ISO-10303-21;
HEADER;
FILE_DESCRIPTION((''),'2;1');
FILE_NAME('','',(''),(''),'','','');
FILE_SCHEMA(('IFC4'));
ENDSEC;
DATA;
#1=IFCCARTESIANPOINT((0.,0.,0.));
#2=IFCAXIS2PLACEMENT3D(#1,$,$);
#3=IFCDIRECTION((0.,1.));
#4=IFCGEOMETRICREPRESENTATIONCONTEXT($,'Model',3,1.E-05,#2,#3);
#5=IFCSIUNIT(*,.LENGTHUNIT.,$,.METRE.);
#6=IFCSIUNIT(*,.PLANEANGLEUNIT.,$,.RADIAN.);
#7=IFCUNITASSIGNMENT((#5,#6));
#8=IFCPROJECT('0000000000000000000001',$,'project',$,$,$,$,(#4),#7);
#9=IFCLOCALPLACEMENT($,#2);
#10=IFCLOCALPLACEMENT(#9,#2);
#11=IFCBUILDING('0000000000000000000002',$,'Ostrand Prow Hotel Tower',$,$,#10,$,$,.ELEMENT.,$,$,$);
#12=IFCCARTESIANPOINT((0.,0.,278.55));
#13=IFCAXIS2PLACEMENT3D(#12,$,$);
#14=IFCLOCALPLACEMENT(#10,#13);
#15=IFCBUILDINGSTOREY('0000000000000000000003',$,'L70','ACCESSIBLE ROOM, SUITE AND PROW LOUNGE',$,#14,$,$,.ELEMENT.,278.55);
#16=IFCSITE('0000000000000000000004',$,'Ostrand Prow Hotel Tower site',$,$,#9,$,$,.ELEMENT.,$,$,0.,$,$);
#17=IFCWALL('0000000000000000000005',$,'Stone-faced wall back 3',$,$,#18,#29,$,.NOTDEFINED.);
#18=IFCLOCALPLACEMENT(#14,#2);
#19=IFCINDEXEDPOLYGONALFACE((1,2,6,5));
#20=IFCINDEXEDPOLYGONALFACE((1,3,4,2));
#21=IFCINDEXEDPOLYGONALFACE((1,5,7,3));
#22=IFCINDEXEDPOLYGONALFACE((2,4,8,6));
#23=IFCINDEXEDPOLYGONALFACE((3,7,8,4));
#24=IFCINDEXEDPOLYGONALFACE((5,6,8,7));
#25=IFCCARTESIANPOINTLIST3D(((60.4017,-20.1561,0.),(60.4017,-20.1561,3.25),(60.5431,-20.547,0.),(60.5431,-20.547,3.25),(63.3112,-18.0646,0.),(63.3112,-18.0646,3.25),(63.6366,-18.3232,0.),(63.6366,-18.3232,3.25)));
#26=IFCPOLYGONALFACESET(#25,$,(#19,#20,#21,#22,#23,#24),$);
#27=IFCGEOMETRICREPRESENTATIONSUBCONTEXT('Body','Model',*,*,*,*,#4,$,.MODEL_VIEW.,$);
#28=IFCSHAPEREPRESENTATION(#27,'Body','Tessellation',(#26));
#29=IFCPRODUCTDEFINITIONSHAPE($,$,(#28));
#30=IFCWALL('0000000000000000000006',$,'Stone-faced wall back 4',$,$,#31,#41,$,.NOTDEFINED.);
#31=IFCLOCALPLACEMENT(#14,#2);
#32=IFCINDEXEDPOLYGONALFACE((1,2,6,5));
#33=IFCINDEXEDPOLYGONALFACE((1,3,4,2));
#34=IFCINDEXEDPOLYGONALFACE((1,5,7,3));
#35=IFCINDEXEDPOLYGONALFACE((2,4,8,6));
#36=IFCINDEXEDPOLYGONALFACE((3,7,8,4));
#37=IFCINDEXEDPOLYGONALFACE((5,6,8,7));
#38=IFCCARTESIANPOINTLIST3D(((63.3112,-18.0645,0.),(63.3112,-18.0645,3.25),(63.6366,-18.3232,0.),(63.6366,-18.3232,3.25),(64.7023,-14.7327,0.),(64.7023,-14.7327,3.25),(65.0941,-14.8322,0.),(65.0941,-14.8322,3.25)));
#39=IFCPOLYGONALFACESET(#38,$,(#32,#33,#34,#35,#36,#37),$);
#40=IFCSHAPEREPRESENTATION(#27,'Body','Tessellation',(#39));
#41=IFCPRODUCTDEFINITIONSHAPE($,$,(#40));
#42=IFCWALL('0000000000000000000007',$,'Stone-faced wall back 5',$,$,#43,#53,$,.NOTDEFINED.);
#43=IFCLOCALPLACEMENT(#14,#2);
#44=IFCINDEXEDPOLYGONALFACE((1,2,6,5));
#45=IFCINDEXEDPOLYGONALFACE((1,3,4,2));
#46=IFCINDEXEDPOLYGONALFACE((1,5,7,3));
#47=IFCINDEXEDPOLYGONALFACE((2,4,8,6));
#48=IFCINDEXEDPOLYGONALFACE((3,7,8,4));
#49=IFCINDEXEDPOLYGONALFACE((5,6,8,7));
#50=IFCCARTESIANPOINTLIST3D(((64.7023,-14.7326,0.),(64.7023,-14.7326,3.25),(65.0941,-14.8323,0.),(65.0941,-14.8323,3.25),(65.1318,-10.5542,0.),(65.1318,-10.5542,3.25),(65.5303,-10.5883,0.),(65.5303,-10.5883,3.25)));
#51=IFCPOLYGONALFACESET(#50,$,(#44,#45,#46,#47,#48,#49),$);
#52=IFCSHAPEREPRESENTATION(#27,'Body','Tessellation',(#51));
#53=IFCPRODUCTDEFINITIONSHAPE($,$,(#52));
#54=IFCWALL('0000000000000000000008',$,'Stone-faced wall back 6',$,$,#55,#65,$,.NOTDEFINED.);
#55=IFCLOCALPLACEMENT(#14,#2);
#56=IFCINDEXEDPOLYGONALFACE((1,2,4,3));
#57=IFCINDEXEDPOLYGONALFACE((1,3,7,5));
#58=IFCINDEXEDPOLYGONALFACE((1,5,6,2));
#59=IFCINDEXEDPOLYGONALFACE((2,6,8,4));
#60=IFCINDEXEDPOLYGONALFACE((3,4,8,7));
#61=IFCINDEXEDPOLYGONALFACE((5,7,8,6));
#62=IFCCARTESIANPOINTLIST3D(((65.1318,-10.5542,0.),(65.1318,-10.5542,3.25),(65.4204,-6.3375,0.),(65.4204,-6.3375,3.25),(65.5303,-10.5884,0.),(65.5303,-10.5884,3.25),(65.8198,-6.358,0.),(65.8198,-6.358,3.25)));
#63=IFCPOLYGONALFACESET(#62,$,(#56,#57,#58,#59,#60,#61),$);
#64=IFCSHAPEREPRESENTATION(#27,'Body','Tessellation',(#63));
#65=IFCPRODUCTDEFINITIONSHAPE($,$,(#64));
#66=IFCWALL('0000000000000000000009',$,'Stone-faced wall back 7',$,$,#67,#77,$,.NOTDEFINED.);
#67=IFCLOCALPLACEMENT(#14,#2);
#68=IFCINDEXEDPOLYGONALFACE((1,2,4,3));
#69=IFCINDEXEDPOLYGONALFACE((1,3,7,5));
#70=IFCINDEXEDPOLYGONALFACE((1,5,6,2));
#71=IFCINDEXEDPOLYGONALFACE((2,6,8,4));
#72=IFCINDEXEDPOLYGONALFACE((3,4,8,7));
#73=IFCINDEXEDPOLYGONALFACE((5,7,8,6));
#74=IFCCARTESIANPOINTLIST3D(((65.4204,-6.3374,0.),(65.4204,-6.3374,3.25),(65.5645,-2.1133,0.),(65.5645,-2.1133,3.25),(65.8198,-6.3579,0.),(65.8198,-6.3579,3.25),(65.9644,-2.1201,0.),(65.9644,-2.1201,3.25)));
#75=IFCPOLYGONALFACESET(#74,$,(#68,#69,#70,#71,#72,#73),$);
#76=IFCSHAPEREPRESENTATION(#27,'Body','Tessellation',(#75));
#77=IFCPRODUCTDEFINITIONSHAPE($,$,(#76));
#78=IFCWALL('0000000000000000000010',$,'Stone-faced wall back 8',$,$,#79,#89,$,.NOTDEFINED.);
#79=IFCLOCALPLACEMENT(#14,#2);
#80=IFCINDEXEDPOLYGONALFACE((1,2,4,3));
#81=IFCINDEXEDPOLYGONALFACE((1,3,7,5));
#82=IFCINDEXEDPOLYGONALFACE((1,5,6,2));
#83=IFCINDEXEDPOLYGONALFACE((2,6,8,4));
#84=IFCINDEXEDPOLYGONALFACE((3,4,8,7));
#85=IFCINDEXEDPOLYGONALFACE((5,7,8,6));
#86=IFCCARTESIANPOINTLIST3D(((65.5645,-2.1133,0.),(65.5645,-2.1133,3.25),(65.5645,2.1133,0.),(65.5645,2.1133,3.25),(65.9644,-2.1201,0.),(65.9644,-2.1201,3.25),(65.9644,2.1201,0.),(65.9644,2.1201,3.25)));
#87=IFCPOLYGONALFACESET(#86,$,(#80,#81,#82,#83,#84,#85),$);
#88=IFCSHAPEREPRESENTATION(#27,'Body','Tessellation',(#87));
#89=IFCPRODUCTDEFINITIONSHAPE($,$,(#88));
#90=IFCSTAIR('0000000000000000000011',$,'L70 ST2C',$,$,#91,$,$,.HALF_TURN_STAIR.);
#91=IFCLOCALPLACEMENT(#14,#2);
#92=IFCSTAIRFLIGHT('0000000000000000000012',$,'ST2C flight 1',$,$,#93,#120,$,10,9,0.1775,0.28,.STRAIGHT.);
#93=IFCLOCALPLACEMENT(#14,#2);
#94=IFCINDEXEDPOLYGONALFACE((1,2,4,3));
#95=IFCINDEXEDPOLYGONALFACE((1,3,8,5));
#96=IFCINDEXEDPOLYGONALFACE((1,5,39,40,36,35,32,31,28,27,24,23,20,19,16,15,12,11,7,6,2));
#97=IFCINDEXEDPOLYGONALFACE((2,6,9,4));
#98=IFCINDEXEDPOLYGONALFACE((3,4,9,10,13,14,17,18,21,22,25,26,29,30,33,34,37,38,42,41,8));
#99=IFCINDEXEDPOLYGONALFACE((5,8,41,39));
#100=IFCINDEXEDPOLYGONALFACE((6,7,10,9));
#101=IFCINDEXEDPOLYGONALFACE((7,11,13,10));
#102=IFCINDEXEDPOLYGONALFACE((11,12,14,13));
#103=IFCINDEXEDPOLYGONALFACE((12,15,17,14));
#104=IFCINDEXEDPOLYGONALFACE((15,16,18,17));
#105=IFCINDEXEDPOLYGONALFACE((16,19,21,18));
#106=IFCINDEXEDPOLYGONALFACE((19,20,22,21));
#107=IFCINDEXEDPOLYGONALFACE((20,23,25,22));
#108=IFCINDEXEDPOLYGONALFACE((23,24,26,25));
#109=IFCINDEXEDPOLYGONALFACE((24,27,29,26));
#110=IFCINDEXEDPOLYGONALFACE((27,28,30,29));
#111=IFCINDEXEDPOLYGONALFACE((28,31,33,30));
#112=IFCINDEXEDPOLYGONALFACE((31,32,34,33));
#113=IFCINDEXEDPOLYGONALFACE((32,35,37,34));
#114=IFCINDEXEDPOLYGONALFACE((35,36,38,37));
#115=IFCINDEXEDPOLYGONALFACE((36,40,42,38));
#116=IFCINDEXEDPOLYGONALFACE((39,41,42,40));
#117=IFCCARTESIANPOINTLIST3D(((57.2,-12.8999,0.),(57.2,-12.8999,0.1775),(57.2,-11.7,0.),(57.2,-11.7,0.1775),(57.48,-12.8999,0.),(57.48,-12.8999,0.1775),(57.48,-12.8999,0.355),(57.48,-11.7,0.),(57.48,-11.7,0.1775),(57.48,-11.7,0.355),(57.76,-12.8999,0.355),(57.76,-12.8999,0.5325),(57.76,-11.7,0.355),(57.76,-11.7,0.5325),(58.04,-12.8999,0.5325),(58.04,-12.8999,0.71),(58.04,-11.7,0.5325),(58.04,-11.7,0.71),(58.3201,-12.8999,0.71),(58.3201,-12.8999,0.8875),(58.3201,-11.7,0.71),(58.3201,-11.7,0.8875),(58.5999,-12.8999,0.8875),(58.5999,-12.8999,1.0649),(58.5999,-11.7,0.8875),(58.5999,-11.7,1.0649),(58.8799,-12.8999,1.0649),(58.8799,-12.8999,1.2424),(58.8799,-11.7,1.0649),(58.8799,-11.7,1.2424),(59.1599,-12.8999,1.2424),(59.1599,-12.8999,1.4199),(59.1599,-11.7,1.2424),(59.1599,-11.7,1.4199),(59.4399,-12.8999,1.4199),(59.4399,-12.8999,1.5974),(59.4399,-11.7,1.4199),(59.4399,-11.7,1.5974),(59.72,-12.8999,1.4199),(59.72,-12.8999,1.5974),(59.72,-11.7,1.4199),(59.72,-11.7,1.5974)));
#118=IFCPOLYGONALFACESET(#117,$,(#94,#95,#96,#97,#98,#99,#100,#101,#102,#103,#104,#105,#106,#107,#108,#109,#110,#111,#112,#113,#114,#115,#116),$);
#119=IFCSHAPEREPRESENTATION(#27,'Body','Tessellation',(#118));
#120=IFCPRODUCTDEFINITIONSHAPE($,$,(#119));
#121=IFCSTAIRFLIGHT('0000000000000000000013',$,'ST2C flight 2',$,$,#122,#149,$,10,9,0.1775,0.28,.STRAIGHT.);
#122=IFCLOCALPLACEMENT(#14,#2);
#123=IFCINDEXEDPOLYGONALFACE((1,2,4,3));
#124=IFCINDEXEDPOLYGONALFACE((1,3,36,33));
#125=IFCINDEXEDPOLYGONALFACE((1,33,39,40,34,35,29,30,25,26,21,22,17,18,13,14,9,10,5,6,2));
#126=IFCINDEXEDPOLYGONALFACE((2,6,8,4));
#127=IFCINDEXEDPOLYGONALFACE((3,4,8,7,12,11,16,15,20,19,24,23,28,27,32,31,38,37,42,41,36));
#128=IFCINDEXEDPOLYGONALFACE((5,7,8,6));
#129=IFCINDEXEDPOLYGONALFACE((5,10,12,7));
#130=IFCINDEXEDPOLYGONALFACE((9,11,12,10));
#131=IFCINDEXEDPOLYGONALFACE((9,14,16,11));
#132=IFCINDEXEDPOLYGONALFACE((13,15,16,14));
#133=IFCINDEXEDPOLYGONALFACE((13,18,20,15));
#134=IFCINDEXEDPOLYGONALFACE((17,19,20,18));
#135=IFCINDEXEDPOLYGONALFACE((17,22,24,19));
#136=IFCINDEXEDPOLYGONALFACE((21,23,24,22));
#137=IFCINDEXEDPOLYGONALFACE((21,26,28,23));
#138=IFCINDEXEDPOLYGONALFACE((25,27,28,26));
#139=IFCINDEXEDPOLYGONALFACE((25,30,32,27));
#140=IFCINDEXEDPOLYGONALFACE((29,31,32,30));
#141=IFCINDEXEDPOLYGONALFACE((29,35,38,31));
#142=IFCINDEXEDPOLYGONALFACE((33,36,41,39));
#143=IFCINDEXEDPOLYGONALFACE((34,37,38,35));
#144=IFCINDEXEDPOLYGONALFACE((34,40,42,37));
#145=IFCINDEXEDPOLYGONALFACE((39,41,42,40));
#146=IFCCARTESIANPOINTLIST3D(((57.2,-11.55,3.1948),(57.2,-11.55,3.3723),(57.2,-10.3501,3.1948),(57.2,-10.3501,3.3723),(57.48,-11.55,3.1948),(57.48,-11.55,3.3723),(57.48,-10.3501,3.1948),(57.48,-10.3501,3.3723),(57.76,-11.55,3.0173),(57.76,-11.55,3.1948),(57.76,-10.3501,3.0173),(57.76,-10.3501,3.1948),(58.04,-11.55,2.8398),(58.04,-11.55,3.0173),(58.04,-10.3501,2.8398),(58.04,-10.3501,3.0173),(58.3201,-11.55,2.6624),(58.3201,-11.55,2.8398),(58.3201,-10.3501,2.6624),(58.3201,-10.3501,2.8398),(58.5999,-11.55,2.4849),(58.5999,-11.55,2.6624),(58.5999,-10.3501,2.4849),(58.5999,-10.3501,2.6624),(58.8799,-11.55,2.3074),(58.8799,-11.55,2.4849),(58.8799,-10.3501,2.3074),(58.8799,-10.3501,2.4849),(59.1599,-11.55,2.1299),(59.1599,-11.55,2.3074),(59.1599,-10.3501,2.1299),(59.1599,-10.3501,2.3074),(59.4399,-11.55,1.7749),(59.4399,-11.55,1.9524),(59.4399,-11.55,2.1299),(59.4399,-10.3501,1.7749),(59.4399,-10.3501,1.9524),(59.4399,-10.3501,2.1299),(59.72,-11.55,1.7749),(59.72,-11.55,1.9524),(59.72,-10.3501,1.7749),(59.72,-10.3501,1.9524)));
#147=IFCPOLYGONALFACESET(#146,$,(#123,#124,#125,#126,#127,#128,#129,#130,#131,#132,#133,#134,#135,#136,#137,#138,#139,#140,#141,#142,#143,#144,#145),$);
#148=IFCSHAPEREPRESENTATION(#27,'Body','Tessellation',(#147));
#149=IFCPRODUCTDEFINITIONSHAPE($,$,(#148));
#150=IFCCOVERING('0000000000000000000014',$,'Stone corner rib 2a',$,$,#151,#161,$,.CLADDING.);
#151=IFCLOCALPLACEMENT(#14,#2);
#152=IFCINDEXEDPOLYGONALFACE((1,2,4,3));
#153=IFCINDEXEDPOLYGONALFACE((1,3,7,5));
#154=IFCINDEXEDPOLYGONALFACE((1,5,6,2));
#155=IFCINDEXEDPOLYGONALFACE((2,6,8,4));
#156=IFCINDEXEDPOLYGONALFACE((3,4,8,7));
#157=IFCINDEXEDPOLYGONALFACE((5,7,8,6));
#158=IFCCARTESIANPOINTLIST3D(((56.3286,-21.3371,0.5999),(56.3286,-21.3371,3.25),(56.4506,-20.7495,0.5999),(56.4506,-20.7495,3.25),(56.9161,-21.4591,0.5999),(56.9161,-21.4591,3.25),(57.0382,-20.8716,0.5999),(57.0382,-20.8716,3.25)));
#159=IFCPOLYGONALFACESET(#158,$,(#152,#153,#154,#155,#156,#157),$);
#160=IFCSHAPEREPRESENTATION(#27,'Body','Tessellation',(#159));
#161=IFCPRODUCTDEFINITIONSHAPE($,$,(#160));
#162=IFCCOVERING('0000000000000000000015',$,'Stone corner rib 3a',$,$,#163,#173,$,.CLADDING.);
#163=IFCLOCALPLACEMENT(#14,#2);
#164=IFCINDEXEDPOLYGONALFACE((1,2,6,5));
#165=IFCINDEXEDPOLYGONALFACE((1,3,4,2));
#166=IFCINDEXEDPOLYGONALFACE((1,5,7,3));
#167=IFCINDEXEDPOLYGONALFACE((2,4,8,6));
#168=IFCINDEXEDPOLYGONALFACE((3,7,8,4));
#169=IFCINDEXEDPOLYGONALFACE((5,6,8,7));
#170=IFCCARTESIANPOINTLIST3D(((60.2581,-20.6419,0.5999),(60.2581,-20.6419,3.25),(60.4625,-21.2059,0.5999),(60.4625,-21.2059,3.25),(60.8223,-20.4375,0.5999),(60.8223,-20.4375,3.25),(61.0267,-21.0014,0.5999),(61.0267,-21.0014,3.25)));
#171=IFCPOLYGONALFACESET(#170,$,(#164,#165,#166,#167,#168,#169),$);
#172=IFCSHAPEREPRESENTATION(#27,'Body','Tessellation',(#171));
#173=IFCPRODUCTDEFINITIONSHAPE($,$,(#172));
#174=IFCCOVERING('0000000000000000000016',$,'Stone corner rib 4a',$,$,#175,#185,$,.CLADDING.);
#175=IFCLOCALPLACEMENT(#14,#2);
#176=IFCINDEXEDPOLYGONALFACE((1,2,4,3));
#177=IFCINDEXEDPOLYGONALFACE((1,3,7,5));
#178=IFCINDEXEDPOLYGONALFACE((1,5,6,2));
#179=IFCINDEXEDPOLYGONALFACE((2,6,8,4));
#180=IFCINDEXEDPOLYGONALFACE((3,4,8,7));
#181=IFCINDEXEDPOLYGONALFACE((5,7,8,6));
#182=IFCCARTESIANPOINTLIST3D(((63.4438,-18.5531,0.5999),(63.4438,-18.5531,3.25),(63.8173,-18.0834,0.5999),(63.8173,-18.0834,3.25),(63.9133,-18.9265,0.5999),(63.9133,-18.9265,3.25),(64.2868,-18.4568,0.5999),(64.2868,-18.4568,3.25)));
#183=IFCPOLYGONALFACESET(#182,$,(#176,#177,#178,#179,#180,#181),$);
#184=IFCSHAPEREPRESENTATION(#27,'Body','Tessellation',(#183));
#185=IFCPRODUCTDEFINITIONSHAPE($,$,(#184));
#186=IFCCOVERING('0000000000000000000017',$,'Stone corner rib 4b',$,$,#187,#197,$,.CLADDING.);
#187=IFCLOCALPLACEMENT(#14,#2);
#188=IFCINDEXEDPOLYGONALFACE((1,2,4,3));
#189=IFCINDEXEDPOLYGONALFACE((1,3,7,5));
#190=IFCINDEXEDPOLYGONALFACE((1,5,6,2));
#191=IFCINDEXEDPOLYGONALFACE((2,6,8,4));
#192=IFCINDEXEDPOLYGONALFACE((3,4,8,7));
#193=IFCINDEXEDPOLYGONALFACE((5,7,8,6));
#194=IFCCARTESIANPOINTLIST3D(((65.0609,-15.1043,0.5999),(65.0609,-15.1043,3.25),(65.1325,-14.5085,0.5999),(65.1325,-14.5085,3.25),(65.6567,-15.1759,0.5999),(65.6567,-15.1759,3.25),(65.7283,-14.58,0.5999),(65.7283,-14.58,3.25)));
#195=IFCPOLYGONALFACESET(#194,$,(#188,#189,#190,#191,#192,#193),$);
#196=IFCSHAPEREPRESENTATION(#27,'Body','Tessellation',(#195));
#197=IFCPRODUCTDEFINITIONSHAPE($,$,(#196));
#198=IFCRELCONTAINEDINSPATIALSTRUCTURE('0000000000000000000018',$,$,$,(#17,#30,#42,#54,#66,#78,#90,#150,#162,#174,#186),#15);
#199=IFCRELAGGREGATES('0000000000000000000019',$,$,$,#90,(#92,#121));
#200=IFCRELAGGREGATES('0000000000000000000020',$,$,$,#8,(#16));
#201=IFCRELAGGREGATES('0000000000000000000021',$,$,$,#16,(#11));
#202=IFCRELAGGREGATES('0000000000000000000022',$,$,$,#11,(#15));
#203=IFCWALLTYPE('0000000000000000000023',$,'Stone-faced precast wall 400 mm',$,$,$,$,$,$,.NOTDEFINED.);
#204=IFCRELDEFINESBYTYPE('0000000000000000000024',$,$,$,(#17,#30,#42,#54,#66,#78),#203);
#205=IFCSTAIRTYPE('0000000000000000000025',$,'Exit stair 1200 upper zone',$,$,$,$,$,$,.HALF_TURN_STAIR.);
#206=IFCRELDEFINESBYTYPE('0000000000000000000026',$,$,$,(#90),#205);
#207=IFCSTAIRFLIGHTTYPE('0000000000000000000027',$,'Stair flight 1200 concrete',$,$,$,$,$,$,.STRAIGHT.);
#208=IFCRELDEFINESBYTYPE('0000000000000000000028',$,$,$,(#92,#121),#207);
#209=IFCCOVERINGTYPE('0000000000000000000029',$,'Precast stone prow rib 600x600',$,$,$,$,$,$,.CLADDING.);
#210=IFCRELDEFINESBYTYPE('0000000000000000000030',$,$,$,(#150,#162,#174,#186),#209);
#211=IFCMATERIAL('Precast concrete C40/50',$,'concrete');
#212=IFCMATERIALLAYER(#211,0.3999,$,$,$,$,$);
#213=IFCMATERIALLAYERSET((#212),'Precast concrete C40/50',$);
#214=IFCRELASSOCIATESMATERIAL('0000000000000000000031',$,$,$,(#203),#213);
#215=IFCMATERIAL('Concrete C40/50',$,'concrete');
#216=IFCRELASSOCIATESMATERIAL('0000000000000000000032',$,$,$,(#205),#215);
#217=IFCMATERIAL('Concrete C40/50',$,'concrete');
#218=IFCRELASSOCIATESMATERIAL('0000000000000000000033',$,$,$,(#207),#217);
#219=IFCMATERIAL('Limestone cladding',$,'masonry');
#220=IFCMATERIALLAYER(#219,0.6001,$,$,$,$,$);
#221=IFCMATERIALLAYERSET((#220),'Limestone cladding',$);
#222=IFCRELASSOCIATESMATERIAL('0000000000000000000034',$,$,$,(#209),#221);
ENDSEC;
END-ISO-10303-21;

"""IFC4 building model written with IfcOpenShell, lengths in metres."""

from ifc_helpers import new_model, si_unit, direction, frame, frame_2d, origin, place, context, subcontext, project, spatial, polyline, rectangle, outline, extrude, material, layer, layer_set, type_object, element, aggregate, save


model = new_model("IFC4")

# Units and contexts
model_context = context("Model", 3, precision=1e-05, world=origin(), true_north=direction((0.0, 1.0)))
body_context = subcontext(model_context, "Body", "Model", "MODEL_VIEW")
ifc_project = project(units=[si_unit("LENGTHUNIT", "METRE"), si_unit("PLANEANGLEUNIT", "RADIAN")], contexts=[model_context])

# Site, building, storey
site_placement = place(None, origin())
site = spatial("IfcSite", under=ifc_project, at=site_placement, Name="Ostrand Prow Hotel Tower site", CompositionType="ELEMENT", RefElevation=0.0)
building_placement = place(site_placement, origin())
building = spatial("IfcBuilding", under=site, at=building_placement, Name="Ostrand Prow Hotel Tower", CompositionType="ELEMENT")
storey_placement = place(building_placement, frame((0.0, 0.0, 278.55)))
storey = spatial("IfcBuildingStorey", under=building, at=storey_placement, Name="L70", Description="ACCESSIBLE ROOM, SUITE AND PROW LOUNGE", CompositionType="ELEMENT", Elevation=278.55)

# Walls
ifc_material_1 = material(Name="Precast concrete C40/50", Category="concrete")
ifc_layer_1 = layer(ifc_material_1, 0.3999)
ifc_layer_set_1 = layer_set([ifc_layer_1], Name="Precast concrete C40/50")
wall_type_1 = type_object("IfcWallType", Name="Stone-faced precast wall 400 mm", PredefinedType="NOTDEFINED", material=ifc_layer_set_1)
wall_1_placement = place(storey_placement, frame((60.4724, -20.3516, 0.0), z_axis=(0.0, 0.0, 1.0), x_axis=(0.811963, 0.58371, 0.0)))
element("IfcWall", 1, at=wall_1_placement, inside=storey, type_object=wall_type_1, Name="Stone-faced wall back 3", PredefinedType="NOTDEFINED", context=body_context, shape_type="SweptSolid", body=[
    extrude(outline(polyline([(-0.0566, -0.2), (3.7532, -0.2), (3.6399, 0.2), (0.0566, 0.2), (-0.0566, -0.2)])), origin(), (0.0, 0.0, 1.0), 3.25),
])
wall_2_placement = place(storey_placement, frame((63.4739, -18.1938, 0.0), z_axis=(0.0, 0.0, 1.0), x_axis=(0.385286, 0.922797, 0.0)))
element("IfcWall", 2, at=wall_2_placement, inside=storey, type_object=wall_type_1, Name="Stone-faced wall back 4", PredefinedType="NOTDEFINED", context=body_context, shape_type="SweptSolid", body=[
    extrude(outline(polyline([(-0.0566, -0.2), (3.7263, -0.2), (3.6672, 0.2), (0.0566, 0.2), (-0.0566, -0.2)])), origin(), (0.0, 0.0, 1.0), 3.25),
])
wall_3_placement = place(storey_placement, frame((64.8982, -14.7825, 0.0), z_axis=(0.0, 0.0, 1.0), x_axis=(0.10225, 0.994759, 0.0)))
element("IfcWall", 3, at=wall_3_placement, inside=storey, type_object=wall_type_1, Name="Stone-faced wall back 5", PredefinedType="NOTDEFINED", context=body_context, shape_type="SweptSolid", body=[
    extrude(outline(polyline([(-0.0295, -0.2), (4.2368, -0.2), (4.23, 0.2), (0.0295, 0.2), (-0.0295, -0.2)])), origin(), (0.0, 0.0, 1.0), 3.25),
])
for number, where, z_axis, x_axis, name in (
    (4, (65.3311, -10.5713, 0.0), (0.0, 0.0, 1.0), (0.06828, 0.997666, 0.0), "Stone-faced wall back 6"),
    (5, (65.6201, -6.3477, 0.0), (0.0, 0.0, 1.0), (0.034083, 0.999419, 0.0), "Stone-faced wall back 7"),
    (6, (65.7644, -2.1167, 0.0), (0.0, 0.0, 1.0), (0.0, 1.0, 0.0), "Stone-faced wall back 8"),
):
    element("IfcWall", number, at=place(storey_placement, frame(where, z_axis=z_axis, x_axis=x_axis)), inside=storey, type_object=wall_type_1, Name=name, PredefinedType="NOTDEFINED", context=body_context, shape_type="SweptSolid", body=[
        extrude(outline(polyline([(-0.0034, -0.2), (4.2368, -0.2), (4.23, 0.2), (0.0034, 0.2), (-0.0034, -0.2)])), origin(), (0.0, 0.0, 1.0), 3.25),
    ])

# Stair, stair flights
ifc_material_2 = material(Name="Concrete C40/50", Category="concrete")
stair_type = type_object("IfcStairType", Name="Exit stair 1200 upper zone", PredefinedType="HALF_TURN_STAIR", material=ifc_material_2)
stair_placement = place(storey_placement, origin())
stair = element("IfcStair", 7, at=stair_placement, inside=storey, type_object=stair_type, Name="L70 ST2C", PredefinedType="HALF_TURN_STAIR")
ifc_material_3 = material(Name="Concrete C40/50", Category="concrete")
stair_flight_type = type_object("IfcStairFlightType", Name="Stair flight 1200 concrete", PredefinedType="STRAIGHT", material=ifc_material_3)
stair_flight_1_placement = place(storey_placement, frame((57.2, -12.3, 0.0), z_axis=(0.0, 0.0, 1.0), x_axis=(1.0, 0.0, 0.0)))
stair_flight_1 = element("IfcStairFlight", 8, at=stair_flight_1_placement, type_object=stair_flight_type, Name="ST2C flight 1", NumberOfRisers=10, NumberOfTreads=9, PredefinedType="STRAIGHT", RiserHeight=0.1775, TreadLength=0.28, context=body_context, shape_type="SweptSolid", body=[
    extrude(outline(polyline([(0.0, 0.0), (0.0, 0.1775), (0.28, 0.1775), (0.28, 0.355), (0.5601, 0.355), (0.5601, 0.5325), (0.8401, 0.5325), (0.8401, 0.71), (1.1201, 0.71), (1.1201, 0.8875), (1.3999, 0.8875), (1.3999, 1.0649), (1.6799, 1.0649), (1.6799, 1.2424), (1.96, 1.2424), (1.96, 1.4199), (2.24, 1.4199), (2.24, 1.5974), (2.52, 1.5974), (2.52, 1.7749), (2.52, 1.4199), (0.28, 0.0), (0.0, 0.0)])), frame((0.0, 0.6001, 0.0), z_axis=(0.0, -1.0, 0.0), x_axis=(1.0, 0.0, 0.0)), (0.0, 0.0, 1.0), 1.2),
])
stair_flight_2_placement = place(storey_placement, frame((59.72, -10.95, 1.7749), z_axis=(0.0, 0.0, 1.0), x_axis=(-1.0, 0.0, 0.0)))
stair_flight_2 = element("IfcStairFlight", 9, at=stair_flight_2_placement, type_object=stair_flight_type, Name="ST2C flight 2", NumberOfRisers=10, NumberOfTreads=9, PredefinedType="STRAIGHT", RiserHeight=0.1775, TreadLength=0.28, context=body_context, shape_type="SweptSolid", body=[
    extrude(outline(polyline([(0.0, 0.0), (0.0, 0.1775), (0.28, 0.1775), (0.28, 0.355), (0.5601, 0.355), (0.5601, 0.5325), (0.8401, 0.5325), (0.8401, 0.71), (1.1201, 0.71), (1.1201, 0.8875), (1.3999, 0.8875), (1.3999, 1.0649), (1.6799, 1.0649), (1.6799, 1.2424), (1.96, 1.2424), (1.96, 1.4199), (2.24, 1.4199), (2.24, 1.5974), (2.52, 1.5974), (2.52, 1.7749), (2.52, 1.4199), (0.28, 0.0), (0.0, 0.0)])), frame((0.0, 0.6001, 0.0), z_axis=(0.0, -1.0, 0.0), x_axis=(1.0, 0.0, 0.0)), (0.0, 0.0, 1.0), 1.2),
])
aggregate(stair, [stair_flight_1, stair_flight_2])

# Coverings
ifc_material_4 = material(Name="Limestone cladding", Category="masonry")
ifc_layer_2 = layer(ifc_material_4, 0.6001)
ifc_layer_set_2 = layer_set([ifc_layer_2], Name="Limestone cladding")
covering_type = type_object("IfcCoveringType", Name="Precast stone prow rib 600x600", PredefinedType="CLADDING", material=ifc_layer_set_2)
covering_1_placement = place(storey_placement, frame((56.7444, -20.8105, 0.5999), z_axis=(0.0, 0.0, 1.0), x_axis=(-0.203386, -0.979099, 0.0)))
element("IfcCovering", 10, at=covering_1_placement, inside=storey, type_object=covering_type, Name="Stone corner rib 2a", PredefinedType="CLADDING", context=body_context, shape_type="SweptSolid", body=[
    extrude(rectangle(XDim=0.6001, YDim=0.6001, at=frame_2d((0.3, 0.0))), origin(), (0.0, 0.0, 1.0), 2.6501),
])
for number, where, z_axis, x_axis, name in (
    (11, (60.5403, -20.5398, 0.5999), (0.0, 0.0, 1.0), (0.340664, -0.940185, 0.0), "Stone corner rib 3a"),
    (12, (63.6306, -18.3184, 0.5999), (0.0, 0.0, 1.0), (0.782732, -0.622359, 0.0), "Stone corner rib 4a"),
):
    element("IfcCovering", number, at=place(storey_placement, frame(where, z_axis=z_axis, x_axis=x_axis)), inside=storey, type_object=covering_type, Name=name, PredefinedType="CLADDING", context=body_context, shape_type="SweptSolid", body=[
        extrude(rectangle(XDim=0.5999, YDim=0.6001, at=frame_2d((0.2998, 0.0))), origin(), (0.0, 0.0, 1.0), 2.6501),
    ])
covering_2_placement = place(storey_placement, frame((65.0967, -14.8064, 0.5999), z_axis=(0.0, 0.0, 1.0), x_axis=(0.992867, -0.119225, 0.0)))
element("IfcCovering", 13, at=covering_2_placement, inside=storey, type_object=covering_type, Name="Stone corner rib 4b", PredefinedType="CLADDING", context=body_context, shape_type="SweptSolid", body=[
    extrude(rectangle(XDim=0.6001, YDim=0.6001, at=frame_2d((0.3, 0.0))), origin(), (0.0, 0.0, 1.0), 2.6501),
])

save(model, "model.ifc")
